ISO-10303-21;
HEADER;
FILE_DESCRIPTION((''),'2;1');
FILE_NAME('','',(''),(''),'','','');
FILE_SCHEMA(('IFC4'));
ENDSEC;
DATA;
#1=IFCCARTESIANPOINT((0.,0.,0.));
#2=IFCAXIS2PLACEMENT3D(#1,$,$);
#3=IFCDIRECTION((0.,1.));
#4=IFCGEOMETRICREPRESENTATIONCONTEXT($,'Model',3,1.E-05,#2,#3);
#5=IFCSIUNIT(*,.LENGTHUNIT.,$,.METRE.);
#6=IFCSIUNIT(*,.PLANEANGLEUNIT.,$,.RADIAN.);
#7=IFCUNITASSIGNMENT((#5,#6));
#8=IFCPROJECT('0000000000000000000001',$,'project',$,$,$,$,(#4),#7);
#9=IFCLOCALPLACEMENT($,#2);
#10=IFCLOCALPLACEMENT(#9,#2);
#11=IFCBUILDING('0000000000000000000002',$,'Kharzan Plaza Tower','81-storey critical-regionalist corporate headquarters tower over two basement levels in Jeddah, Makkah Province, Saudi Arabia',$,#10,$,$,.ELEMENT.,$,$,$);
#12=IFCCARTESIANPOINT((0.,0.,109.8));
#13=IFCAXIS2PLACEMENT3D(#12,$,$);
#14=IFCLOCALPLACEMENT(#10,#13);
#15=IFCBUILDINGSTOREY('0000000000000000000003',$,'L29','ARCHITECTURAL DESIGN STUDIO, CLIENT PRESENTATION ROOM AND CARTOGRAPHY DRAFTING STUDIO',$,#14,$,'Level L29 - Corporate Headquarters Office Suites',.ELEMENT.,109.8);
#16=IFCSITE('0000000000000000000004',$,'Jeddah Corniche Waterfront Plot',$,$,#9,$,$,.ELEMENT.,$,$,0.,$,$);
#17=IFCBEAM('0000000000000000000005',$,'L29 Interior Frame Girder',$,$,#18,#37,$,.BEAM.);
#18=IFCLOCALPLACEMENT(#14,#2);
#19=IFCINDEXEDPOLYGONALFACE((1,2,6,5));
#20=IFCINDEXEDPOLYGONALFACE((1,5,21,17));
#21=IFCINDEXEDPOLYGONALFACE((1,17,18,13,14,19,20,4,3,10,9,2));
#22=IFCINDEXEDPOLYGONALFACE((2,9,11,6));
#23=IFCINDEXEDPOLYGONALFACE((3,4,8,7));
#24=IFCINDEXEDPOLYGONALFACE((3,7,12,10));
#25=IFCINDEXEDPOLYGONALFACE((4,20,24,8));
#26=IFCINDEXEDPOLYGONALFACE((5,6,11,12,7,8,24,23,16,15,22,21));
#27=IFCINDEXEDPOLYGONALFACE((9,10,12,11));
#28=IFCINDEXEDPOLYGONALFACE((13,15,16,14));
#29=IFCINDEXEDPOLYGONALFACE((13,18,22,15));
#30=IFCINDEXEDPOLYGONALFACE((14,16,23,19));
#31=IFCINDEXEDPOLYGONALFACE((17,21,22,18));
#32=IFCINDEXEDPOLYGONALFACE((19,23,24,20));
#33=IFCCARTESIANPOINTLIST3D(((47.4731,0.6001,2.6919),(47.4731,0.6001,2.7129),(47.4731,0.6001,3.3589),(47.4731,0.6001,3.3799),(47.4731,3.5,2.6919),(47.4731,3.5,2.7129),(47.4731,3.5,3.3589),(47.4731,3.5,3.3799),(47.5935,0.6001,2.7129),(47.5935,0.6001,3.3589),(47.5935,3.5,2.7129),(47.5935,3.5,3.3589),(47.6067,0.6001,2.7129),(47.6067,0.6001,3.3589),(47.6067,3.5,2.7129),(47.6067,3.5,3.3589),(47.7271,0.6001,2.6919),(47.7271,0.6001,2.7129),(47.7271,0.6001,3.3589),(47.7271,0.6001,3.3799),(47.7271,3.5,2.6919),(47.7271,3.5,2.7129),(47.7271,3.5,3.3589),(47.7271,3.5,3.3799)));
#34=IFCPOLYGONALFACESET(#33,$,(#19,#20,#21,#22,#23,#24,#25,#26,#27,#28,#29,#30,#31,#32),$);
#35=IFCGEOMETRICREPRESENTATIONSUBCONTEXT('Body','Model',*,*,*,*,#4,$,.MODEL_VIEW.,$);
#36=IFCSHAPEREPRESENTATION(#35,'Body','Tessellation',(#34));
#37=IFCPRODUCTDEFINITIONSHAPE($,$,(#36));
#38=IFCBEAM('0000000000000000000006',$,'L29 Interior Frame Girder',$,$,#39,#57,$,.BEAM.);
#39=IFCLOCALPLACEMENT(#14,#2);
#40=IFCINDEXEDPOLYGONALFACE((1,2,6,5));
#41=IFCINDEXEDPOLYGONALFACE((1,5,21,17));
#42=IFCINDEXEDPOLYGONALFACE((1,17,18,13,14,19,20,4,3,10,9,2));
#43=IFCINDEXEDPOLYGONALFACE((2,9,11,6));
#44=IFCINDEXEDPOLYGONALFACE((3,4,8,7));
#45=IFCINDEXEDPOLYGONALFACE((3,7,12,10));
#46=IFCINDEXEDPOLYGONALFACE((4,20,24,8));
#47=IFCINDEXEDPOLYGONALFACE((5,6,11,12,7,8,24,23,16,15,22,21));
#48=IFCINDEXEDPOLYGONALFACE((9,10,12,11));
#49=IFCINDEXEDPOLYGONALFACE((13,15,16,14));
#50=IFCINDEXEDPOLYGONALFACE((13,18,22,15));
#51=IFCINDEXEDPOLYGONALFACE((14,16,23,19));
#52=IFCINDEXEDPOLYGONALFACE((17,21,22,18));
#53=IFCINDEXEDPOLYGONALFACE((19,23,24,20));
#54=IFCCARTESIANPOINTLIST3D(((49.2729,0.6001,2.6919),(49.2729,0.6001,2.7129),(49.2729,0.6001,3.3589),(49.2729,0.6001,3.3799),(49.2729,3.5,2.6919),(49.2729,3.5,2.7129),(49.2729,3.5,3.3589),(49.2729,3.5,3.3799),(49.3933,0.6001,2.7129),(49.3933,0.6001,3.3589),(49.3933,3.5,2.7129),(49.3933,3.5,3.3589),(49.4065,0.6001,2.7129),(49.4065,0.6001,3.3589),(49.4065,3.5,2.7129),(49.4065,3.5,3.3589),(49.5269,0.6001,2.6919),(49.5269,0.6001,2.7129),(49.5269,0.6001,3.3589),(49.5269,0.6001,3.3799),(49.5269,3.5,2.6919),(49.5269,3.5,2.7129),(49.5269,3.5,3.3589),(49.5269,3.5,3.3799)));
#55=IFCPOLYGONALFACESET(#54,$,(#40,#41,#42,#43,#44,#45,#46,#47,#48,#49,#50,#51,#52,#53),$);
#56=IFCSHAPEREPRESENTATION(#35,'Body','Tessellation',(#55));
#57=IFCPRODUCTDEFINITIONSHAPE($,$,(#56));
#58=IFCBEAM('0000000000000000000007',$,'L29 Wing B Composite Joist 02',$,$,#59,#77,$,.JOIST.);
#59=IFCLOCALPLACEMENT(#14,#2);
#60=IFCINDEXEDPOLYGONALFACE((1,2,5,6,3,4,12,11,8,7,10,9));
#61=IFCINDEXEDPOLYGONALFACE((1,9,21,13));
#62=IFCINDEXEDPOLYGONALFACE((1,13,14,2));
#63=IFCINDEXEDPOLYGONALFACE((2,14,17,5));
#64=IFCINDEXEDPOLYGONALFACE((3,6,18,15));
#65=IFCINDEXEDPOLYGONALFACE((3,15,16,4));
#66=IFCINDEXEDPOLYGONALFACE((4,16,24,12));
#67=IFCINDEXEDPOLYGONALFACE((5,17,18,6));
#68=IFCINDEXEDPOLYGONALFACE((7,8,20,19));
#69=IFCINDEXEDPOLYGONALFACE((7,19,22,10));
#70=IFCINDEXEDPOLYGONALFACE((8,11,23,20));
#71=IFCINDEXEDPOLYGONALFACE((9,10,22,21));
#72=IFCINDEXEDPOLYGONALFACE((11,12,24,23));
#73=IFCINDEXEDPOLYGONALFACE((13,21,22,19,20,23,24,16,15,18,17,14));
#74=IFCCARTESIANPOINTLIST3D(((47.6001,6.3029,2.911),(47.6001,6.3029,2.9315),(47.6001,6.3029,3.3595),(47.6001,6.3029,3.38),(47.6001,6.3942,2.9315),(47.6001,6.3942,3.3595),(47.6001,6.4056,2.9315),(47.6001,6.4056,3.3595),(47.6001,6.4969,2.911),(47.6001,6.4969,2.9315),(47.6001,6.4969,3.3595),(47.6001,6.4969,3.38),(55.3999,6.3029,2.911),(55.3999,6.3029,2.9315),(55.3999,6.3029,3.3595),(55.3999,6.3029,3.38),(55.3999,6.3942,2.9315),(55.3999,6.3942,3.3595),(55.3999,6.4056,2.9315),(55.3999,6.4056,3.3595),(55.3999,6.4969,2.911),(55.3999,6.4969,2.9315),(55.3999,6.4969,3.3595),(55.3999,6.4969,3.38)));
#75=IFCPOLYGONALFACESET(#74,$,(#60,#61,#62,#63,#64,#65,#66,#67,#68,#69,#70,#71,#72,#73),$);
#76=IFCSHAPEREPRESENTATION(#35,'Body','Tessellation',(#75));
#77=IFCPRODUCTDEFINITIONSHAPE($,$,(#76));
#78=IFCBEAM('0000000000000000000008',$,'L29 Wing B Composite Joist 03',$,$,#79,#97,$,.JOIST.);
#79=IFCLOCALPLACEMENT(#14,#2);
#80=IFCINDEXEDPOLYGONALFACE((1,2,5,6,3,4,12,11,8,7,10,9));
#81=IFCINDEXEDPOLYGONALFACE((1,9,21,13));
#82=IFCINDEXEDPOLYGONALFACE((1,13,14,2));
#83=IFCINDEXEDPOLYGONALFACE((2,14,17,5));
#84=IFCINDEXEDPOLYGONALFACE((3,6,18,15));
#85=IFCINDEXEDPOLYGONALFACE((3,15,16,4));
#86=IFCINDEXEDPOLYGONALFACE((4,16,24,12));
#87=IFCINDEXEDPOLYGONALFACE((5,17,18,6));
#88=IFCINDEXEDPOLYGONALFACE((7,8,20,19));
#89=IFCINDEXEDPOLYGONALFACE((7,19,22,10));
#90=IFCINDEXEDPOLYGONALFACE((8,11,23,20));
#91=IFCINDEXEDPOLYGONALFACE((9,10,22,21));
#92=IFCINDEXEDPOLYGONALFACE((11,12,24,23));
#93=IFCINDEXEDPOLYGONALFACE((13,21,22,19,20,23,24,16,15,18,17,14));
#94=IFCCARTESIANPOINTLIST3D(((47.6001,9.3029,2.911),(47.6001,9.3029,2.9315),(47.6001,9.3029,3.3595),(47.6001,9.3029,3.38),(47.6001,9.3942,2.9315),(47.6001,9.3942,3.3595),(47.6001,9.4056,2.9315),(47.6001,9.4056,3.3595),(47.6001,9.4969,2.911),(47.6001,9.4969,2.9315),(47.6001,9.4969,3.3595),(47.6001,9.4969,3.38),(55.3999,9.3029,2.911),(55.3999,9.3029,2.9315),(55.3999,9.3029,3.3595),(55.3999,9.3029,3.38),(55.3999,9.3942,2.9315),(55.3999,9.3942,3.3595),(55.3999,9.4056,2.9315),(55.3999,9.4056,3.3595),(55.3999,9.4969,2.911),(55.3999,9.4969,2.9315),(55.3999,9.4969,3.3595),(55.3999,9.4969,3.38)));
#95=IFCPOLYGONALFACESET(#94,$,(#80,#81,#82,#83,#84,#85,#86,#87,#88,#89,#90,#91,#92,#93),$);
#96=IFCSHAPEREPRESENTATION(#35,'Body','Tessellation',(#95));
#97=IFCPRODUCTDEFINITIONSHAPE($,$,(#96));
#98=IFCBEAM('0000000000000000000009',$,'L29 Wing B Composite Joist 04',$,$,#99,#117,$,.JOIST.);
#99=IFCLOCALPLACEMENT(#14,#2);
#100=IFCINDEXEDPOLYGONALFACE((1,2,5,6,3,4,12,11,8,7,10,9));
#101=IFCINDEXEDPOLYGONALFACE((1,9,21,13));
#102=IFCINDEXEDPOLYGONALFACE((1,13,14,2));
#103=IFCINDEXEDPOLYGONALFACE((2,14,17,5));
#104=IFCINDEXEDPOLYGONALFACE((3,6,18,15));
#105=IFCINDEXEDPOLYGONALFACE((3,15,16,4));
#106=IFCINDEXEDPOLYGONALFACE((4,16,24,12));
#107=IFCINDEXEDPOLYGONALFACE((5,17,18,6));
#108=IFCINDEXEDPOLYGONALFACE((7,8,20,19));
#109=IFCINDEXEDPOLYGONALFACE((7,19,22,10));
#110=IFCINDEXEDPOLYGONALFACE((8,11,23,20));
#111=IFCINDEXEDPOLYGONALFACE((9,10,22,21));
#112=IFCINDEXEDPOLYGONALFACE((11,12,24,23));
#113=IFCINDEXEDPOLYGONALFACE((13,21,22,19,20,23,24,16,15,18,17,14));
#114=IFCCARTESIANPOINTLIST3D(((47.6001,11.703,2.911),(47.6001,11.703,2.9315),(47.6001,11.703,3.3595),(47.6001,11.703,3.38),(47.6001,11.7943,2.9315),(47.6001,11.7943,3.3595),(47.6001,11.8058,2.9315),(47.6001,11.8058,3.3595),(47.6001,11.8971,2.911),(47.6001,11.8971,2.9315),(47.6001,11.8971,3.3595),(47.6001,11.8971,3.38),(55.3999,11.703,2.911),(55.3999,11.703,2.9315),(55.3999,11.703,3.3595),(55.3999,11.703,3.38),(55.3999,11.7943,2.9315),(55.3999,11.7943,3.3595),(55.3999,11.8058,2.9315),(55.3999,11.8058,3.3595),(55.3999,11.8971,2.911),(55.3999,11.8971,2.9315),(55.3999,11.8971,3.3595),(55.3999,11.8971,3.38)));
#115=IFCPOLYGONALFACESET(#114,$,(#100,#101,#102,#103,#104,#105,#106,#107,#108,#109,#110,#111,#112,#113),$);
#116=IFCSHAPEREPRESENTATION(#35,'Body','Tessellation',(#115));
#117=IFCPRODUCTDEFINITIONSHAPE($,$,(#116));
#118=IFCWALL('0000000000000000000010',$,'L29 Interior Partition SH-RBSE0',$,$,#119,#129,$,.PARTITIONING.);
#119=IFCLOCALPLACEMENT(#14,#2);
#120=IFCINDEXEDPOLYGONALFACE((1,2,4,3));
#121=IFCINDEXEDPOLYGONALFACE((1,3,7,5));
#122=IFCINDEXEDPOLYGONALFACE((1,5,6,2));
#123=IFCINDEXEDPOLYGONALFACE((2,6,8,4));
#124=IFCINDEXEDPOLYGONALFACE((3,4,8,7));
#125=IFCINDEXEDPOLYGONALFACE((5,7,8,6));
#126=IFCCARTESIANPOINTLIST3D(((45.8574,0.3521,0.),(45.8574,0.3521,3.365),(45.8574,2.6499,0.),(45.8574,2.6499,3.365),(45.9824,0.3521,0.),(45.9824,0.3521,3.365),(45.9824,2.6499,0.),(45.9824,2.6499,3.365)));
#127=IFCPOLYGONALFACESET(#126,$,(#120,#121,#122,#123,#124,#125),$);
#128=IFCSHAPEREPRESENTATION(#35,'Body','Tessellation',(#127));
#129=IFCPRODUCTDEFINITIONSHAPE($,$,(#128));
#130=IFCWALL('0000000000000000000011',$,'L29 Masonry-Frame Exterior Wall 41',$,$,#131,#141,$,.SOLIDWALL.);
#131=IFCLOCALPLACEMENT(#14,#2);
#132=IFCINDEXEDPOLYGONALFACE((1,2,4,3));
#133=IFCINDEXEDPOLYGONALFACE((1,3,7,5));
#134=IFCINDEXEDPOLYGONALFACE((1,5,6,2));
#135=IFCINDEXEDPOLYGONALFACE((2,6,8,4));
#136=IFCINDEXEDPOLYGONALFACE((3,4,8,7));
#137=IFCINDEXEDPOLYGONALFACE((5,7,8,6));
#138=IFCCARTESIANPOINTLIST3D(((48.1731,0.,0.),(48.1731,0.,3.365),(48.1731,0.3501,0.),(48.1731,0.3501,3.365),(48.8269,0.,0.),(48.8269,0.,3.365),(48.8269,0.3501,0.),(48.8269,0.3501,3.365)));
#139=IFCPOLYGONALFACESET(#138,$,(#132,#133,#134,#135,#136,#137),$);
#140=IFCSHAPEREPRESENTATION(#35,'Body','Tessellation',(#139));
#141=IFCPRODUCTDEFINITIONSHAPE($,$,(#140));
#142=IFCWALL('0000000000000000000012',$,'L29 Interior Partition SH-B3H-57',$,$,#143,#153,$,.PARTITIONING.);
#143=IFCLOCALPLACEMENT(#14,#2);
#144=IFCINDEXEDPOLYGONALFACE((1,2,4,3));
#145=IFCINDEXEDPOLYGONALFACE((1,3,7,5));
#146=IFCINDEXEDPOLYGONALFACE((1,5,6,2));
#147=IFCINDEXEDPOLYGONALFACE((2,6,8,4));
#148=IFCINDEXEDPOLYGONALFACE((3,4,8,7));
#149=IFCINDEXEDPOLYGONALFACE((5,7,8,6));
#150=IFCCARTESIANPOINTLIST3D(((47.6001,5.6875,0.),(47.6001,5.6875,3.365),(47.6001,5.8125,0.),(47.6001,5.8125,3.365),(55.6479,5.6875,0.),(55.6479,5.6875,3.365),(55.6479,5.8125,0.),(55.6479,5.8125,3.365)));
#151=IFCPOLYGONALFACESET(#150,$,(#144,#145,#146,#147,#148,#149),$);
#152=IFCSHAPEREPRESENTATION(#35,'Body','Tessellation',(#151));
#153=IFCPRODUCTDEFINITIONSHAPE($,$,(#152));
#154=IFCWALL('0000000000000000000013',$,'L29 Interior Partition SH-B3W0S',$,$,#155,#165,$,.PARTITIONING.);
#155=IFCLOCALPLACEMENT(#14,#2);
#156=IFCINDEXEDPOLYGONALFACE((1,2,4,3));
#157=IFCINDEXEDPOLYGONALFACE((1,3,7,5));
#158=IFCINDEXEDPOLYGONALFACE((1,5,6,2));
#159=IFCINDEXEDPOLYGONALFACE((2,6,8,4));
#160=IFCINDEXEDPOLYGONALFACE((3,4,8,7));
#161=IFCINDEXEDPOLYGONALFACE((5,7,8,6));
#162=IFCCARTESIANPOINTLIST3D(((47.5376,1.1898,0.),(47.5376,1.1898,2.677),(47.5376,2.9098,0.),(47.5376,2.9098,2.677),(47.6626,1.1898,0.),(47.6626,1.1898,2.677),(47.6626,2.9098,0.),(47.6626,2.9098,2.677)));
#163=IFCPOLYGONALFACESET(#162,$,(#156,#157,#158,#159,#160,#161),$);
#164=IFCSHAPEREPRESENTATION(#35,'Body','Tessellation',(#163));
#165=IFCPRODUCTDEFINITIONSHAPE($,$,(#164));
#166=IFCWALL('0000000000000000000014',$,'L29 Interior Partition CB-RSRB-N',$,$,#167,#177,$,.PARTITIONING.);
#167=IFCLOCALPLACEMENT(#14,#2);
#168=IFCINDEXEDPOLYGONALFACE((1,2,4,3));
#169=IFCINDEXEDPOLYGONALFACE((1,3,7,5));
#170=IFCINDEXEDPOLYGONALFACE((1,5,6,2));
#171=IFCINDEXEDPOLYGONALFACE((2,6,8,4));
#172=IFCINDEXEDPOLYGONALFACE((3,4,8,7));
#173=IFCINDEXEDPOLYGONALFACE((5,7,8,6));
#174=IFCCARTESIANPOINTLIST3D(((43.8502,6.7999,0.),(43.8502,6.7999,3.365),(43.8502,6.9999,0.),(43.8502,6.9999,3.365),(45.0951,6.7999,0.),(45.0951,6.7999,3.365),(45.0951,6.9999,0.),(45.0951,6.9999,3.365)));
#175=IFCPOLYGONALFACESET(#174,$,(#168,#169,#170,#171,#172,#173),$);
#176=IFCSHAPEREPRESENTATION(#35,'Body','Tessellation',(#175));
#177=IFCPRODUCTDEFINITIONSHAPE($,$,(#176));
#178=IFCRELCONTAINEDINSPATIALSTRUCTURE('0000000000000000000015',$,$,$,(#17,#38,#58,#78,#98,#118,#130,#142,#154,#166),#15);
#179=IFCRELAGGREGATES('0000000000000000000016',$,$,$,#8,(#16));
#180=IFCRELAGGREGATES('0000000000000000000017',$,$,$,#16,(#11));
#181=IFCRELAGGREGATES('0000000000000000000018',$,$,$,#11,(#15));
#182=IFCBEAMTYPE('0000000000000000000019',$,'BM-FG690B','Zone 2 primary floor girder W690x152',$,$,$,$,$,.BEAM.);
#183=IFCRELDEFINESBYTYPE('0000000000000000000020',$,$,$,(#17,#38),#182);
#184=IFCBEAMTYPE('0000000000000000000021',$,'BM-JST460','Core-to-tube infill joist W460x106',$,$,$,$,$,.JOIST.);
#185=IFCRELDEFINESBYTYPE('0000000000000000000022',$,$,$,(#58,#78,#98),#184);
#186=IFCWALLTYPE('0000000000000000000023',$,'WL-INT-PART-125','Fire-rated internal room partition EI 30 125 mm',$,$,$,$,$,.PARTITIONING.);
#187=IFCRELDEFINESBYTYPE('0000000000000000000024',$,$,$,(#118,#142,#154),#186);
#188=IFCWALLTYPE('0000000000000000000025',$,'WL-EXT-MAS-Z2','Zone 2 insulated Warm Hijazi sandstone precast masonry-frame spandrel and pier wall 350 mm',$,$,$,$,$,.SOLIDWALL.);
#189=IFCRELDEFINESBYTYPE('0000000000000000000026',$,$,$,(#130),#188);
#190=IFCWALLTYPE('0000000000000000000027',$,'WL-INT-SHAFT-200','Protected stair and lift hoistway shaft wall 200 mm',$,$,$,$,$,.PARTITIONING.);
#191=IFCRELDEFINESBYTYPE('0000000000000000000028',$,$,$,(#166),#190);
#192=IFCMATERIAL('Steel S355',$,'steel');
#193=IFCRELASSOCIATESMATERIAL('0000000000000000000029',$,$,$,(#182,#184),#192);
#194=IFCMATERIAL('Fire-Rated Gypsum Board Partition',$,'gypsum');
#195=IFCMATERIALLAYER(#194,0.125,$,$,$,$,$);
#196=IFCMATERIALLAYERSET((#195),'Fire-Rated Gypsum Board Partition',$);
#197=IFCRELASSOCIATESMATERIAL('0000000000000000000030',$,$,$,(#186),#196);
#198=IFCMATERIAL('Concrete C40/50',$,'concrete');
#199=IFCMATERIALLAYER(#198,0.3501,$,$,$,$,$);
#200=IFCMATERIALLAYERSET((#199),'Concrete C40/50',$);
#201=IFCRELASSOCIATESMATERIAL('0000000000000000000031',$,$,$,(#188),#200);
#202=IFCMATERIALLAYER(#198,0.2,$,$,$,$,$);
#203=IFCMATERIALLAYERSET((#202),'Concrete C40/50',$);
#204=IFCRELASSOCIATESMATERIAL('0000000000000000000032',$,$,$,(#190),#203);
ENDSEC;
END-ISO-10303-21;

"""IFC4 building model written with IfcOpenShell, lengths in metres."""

from ifc_helpers import new_model, si_unit, direction, frame, frame_2d, origin, origin_2d, place, context, subcontext, project, spatial, rectangle, i_section, extrude, source, transform, mapped, material, layer, layer_set, material_profile, profile_set, type_object, element, save


model = new_model("IFC4")

# Units and contexts
model_context = context("Model", 3, precision=1e-05, world=origin(), true_north=direction((0.0, 1.0)))
body_context = subcontext(model_context, "Body", "Model", "MODEL_VIEW")
ifc_project = project(units=[si_unit("LENGTHUNIT", "METRE"), si_unit("PLANEANGLEUNIT", "RADIAN")], contexts=[model_context])

# Site, building, storey
site_placement = place(None, origin())
site = spatial("IfcSite", under=ifc_project, at=site_placement, Name="Jeddah Corniche Waterfront Plot", CompositionType="ELEMENT", RefElevation=0.0)
building_placement = place(site_placement, origin())
building = spatial("IfcBuilding", under=site, at=building_placement, Name="Kharzan Plaza Tower", Description="81-storey critical-regionalist corporate headquarters tower over two basement levels in Jeddah, Makkah Province, Saudi Arabia", CompositionType="ELEMENT")
storey_placement = place(building_placement, frame((0.0, 0.0, 109.8)))
storey = spatial("IfcBuildingStorey", under=building, at=storey_placement, Name="L29", Description="ARCHITECTURAL DESIGN STUDIO, CLIENT PRESENTATION ROOM AND CARTOGRAPHY DRAFTING STUDIO", LongName="Level L29 - Corporate Headquarters Office Suites", CompositionType="ELEMENT", Elevation=109.8)

# Beams
ifc_material_1 = material(Name="Steel S355", Category="steel")
ifc_material_profile_1 = material_profile(ifc_material_1, i_section(OverallWidth=0.2539, OverallDepth=0.688, WebThickness=0.0132, FlangeThickness=0.021, at=origin_2d()), Name="W690x152")
ifc_profile_set_1 = profile_set([ifc_material_profile_1], Name="Steel S355")
beam_type_1 = type_object("IfcBeamType", Name="BM-FG690B", Description="Zone 2 primary floor girder W690x152", PredefinedType="BEAM", material=ifc_profile_set_1)
shared_shape_1 = source(origin(), body_context, "Body", "SweptSolid", [
    extrude(i_section(OverallWidth=0.2539, OverallDepth=0.688, WebThickness=0.0132, FlangeThickness=0.021, at=origin_2d()), origin(), (0.0, 0.0, 1.0), 2.8999),
])
for number, where, z_axis, x_axis, name in (
    (1, (47.6001, 0.6001, 3.0359), (0.0, 1.0, 0.0), (-1.0, 0.0, 0.0), "L29 Interior Frame Girder"),
    (2, (49.3999, 0.6001, 3.0359), (0.0, 1.0, 0.0), (-1.0, 0.0, 0.0), "L29 Interior Frame Girder"),
):
    element("IfcBeam", number, at=place(storey_placement, frame(where, z_axis=z_axis, x_axis=x_axis)), inside=storey, type_object=beam_type_1, Name=name, PredefinedType="BEAM", context=body_context, shape_type="MappedRepresentation", body=[
        mapped(shared_shape_1, transform((0.0, 0.0, 0.0), x_axis=(1.0, 0.0, 0.0), y_axis=(0.0, 1.0, 0.0), z_axis=(0.0, 0.0, 1.0))),
    ])
ifc_material_profile_2 = material_profile(ifc_material_1, i_section(OverallWidth=0.1941, OverallDepth=0.469, WebThickness=0.0115, FlangeThickness=0.0205, at=origin_2d()), Name="W460x106")
ifc_profile_set_2 = profile_set([ifc_material_profile_2], Name="Steel S355")
beam_type_2 = type_object("IfcBeamType", Name="BM-JST460", Description="Core-to-tube infill joist W460x106", PredefinedType="JOIST", material=ifc_profile_set_2)
shared_shape_2 = source(origin(), body_context, "Body", "SweptSolid", [
    extrude(i_section(OverallWidth=0.1941, OverallDepth=0.469, WebThickness=0.0115, FlangeThickness=0.0205, at=origin_2d()), origin(), (0.0, 0.0, 1.0), 7.7998),
])
for number, where, z_axis, x_axis, name in (
    (3, (47.6001, 6.3999, 3.1455), (1.0, 0.0, 0.0), (0.0, 1.0, 0.0), "L29 Wing B Composite Joist 02"),
    (4, (47.6001, 9.3999, 3.1455), (1.0, 0.0, 0.0), (0.0, 1.0, 0.0), "L29 Wing B Composite Joist 03"),
    (5, (47.6001, 11.8, 3.1455), (1.0, 0.0, 0.0), (0.0, 1.0, 0.0), "L29 Wing B Composite Joist 04"),
):
    element("IfcBeam", number, at=place(storey_placement, frame(where, z_axis=z_axis, x_axis=x_axis)), inside=storey, type_object=beam_type_2, Name=name, PredefinedType="JOIST", context=body_context, shape_type="MappedRepresentation", body=[
        mapped(shared_shape_2, transform((0.0, 0.0, 0.0), x_axis=(1.0, 0.0, 0.0), y_axis=(0.0, 1.0, 0.0), z_axis=(0.0, 0.0, 1.0))),
    ])

# Shared definitions
ifc_material_2 = material(Name="Fire-Rated Gypsum Board Partition", Category="gypsum")
ifc_layer_1 = layer(ifc_material_2, 0.125)
ifc_layer_set_1 = layer_set([ifc_layer_1], Name="Fire-Rated Gypsum Board Partition")
wall_type_1 = type_object("IfcWallType", Name="WL-INT-PART-125", Description="Fire-rated internal room partition EI 30 125 mm", PredefinedType="PARTITIONING", material=ifc_layer_set_1)

# Walls
shared_shape_3 = source(origin(), body_context, "Body", "SweptSolid", [
    extrude(rectangle(XDim=2.2979, YDim=0.125, at=frame_2d((1.1489, 0.0))), origin(), (0.0, 0.0, 1.0), 3.365),
])
wall_1_placement = place(storey_placement, frame((45.9199, 0.3521, 0.0), z_axis=(0.0, 0.0, 1.0), x_axis=(0.0, 1.0, 0.0)))
element("IfcWall", 6, at=wall_1_placement, inside=storey, type_object=wall_type_1, Name="L29 Interior Partition SH-RBSE0", PredefinedType="PARTITIONING", context=body_context, shape_type="MappedRepresentation", body=[
    mapped(shared_shape_3, transform((0.0, 0.0, 0.0), x_axis=(1.0, 0.0, 0.0), y_axis=(0.0, 1.0, 0.0), z_axis=(0.0, 0.0, 1.0))),
])
ifc_material_3 = material(Name="Concrete C40/50", Category="concrete")
ifc_layer_2 = layer(ifc_material_3, 0.3501)
ifc_layer_set_2 = layer_set([ifc_layer_2], Name="Concrete C40/50")
wall_type_2 = type_object("IfcWallType", Name="WL-EXT-MAS-Z2", Description="Zone 2 insulated Warm Hijazi sandstone precast masonry-frame spandrel and pier wall 350 mm", PredefinedType="SOLIDWALL", material=ifc_layer_set_2)
shared_shape_4 = source(origin(), body_context, "Body", "SweptSolid", [
    extrude(rectangle(XDim=0.6538, YDim=0.3501, at=frame_2d((0.3269, 0.0))), origin(), (0.0, 0.0, 1.0), 3.365),
])
wall_2_placement = place(storey_placement, frame((48.1731, 0.175, 0.0), z_axis=(0.0, 0.0, 1.0), x_axis=(1.0, 0.0, 0.0)))
element("IfcWall", 7, at=wall_2_placement, inside=storey, type_object=wall_type_2, Name="L29 Masonry-Frame Exterior Wall 41", PredefinedType="SOLIDWALL", context=body_context, shape_type="MappedRepresentation", body=[
    mapped(shared_shape_4, transform((0.0, 0.0, 0.0), x_axis=(1.0, 0.0, 0.0), y_axis=(0.0, 1.0, 0.0), z_axis=(0.0, 0.0, 1.0))),
])
shared_shape_5 = source(origin(), body_context, "Body", "SweptSolid", [
    extrude(rectangle(XDim=8.0479, YDim=0.125, at=frame_2d((4.0239, 0.0))), origin(), (0.0, 0.0, 1.0), 3.365),
])
wall_3_placement = place(storey_placement, frame((47.6001, 5.75, 0.0), z_axis=(0.0, 0.0, 1.0), x_axis=(1.0, 0.0, 0.0)))
element("IfcWall", 8, at=wall_3_placement, inside=storey, type_object=wall_type_1, Name="L29 Interior Partition SH-B3H-57", PredefinedType="PARTITIONING", context=body_context, shape_type="MappedRepresentation", body=[
    mapped(shared_shape_5, transform((0.0, 0.0, 0.0), x_axis=(1.0, 0.0, 0.0), y_axis=(0.0, 1.0, 0.0), z_axis=(0.0, 0.0, 1.0))),
])
shared_shape_6 = source(origin(), body_context, "Body", "SweptSolid", [
    extrude(rectangle(XDim=1.72, YDim=0.125, at=frame_2d((0.8599, 0.0))), origin(), (0.0, 0.0, 1.0), 2.677),
])
wall_4_placement = place(storey_placement, frame((47.6001, 1.1899, 0.0), z_axis=(0.0, 0.0, 1.0), x_axis=(0.0, 1.0, 0.0)))
element("IfcWall", 9, at=wall_4_placement, inside=storey, type_object=wall_type_1, Name="L29 Interior Partition SH-B3W0S", PredefinedType="PARTITIONING", context=body_context, shape_type="MappedRepresentation", body=[
    mapped(shared_shape_6, transform((0.0, 0.0, 0.0), x_axis=(1.0, 0.0, 0.0), y_axis=(0.0, 1.0, 0.0), z_axis=(0.0, 0.0, 1.0))),
])
ifc_layer_3 = layer(ifc_material_3, 0.2)
ifc_layer_set_3 = layer_set([ifc_layer_3], Name="Concrete C40/50")
wall_type_3 = type_object("IfcWallType", Name="WL-INT-SHAFT-200", Description="Protected stair and lift hoistway shaft wall 200 mm", PredefinedType="PARTITIONING", material=ifc_layer_set_3)
shared_shape_7 = source(origin(), body_context, "Body", "SweptSolid", [
    extrude(rectangle(XDim=1.2449, YDim=0.2, at=frame_2d((0.6226, 0.0))), origin(), (0.0, 0.0, 1.0), 3.365),
])
wall_5_placement = place(storey_placement, frame((43.8501, 6.8999, 0.0), z_axis=(0.0, 0.0, 1.0), x_axis=(1.0, 0.0, 0.0)))
element("IfcWall", 10, at=wall_5_placement, inside=storey, type_object=wall_type_3, Name="L29 Interior Partition CB-RSRB-N", PredefinedType="PARTITIONING", context=body_context, shape_type="MappedRepresentation", body=[
    mapped(shared_shape_7, transform((0.0, 0.0, 0.0), x_axis=(1.0, 0.0, 0.0), y_axis=(0.0, 1.0, 0.0), z_axis=(0.0, 0.0, 1.0))),
])

save(model, "model.ifc")
